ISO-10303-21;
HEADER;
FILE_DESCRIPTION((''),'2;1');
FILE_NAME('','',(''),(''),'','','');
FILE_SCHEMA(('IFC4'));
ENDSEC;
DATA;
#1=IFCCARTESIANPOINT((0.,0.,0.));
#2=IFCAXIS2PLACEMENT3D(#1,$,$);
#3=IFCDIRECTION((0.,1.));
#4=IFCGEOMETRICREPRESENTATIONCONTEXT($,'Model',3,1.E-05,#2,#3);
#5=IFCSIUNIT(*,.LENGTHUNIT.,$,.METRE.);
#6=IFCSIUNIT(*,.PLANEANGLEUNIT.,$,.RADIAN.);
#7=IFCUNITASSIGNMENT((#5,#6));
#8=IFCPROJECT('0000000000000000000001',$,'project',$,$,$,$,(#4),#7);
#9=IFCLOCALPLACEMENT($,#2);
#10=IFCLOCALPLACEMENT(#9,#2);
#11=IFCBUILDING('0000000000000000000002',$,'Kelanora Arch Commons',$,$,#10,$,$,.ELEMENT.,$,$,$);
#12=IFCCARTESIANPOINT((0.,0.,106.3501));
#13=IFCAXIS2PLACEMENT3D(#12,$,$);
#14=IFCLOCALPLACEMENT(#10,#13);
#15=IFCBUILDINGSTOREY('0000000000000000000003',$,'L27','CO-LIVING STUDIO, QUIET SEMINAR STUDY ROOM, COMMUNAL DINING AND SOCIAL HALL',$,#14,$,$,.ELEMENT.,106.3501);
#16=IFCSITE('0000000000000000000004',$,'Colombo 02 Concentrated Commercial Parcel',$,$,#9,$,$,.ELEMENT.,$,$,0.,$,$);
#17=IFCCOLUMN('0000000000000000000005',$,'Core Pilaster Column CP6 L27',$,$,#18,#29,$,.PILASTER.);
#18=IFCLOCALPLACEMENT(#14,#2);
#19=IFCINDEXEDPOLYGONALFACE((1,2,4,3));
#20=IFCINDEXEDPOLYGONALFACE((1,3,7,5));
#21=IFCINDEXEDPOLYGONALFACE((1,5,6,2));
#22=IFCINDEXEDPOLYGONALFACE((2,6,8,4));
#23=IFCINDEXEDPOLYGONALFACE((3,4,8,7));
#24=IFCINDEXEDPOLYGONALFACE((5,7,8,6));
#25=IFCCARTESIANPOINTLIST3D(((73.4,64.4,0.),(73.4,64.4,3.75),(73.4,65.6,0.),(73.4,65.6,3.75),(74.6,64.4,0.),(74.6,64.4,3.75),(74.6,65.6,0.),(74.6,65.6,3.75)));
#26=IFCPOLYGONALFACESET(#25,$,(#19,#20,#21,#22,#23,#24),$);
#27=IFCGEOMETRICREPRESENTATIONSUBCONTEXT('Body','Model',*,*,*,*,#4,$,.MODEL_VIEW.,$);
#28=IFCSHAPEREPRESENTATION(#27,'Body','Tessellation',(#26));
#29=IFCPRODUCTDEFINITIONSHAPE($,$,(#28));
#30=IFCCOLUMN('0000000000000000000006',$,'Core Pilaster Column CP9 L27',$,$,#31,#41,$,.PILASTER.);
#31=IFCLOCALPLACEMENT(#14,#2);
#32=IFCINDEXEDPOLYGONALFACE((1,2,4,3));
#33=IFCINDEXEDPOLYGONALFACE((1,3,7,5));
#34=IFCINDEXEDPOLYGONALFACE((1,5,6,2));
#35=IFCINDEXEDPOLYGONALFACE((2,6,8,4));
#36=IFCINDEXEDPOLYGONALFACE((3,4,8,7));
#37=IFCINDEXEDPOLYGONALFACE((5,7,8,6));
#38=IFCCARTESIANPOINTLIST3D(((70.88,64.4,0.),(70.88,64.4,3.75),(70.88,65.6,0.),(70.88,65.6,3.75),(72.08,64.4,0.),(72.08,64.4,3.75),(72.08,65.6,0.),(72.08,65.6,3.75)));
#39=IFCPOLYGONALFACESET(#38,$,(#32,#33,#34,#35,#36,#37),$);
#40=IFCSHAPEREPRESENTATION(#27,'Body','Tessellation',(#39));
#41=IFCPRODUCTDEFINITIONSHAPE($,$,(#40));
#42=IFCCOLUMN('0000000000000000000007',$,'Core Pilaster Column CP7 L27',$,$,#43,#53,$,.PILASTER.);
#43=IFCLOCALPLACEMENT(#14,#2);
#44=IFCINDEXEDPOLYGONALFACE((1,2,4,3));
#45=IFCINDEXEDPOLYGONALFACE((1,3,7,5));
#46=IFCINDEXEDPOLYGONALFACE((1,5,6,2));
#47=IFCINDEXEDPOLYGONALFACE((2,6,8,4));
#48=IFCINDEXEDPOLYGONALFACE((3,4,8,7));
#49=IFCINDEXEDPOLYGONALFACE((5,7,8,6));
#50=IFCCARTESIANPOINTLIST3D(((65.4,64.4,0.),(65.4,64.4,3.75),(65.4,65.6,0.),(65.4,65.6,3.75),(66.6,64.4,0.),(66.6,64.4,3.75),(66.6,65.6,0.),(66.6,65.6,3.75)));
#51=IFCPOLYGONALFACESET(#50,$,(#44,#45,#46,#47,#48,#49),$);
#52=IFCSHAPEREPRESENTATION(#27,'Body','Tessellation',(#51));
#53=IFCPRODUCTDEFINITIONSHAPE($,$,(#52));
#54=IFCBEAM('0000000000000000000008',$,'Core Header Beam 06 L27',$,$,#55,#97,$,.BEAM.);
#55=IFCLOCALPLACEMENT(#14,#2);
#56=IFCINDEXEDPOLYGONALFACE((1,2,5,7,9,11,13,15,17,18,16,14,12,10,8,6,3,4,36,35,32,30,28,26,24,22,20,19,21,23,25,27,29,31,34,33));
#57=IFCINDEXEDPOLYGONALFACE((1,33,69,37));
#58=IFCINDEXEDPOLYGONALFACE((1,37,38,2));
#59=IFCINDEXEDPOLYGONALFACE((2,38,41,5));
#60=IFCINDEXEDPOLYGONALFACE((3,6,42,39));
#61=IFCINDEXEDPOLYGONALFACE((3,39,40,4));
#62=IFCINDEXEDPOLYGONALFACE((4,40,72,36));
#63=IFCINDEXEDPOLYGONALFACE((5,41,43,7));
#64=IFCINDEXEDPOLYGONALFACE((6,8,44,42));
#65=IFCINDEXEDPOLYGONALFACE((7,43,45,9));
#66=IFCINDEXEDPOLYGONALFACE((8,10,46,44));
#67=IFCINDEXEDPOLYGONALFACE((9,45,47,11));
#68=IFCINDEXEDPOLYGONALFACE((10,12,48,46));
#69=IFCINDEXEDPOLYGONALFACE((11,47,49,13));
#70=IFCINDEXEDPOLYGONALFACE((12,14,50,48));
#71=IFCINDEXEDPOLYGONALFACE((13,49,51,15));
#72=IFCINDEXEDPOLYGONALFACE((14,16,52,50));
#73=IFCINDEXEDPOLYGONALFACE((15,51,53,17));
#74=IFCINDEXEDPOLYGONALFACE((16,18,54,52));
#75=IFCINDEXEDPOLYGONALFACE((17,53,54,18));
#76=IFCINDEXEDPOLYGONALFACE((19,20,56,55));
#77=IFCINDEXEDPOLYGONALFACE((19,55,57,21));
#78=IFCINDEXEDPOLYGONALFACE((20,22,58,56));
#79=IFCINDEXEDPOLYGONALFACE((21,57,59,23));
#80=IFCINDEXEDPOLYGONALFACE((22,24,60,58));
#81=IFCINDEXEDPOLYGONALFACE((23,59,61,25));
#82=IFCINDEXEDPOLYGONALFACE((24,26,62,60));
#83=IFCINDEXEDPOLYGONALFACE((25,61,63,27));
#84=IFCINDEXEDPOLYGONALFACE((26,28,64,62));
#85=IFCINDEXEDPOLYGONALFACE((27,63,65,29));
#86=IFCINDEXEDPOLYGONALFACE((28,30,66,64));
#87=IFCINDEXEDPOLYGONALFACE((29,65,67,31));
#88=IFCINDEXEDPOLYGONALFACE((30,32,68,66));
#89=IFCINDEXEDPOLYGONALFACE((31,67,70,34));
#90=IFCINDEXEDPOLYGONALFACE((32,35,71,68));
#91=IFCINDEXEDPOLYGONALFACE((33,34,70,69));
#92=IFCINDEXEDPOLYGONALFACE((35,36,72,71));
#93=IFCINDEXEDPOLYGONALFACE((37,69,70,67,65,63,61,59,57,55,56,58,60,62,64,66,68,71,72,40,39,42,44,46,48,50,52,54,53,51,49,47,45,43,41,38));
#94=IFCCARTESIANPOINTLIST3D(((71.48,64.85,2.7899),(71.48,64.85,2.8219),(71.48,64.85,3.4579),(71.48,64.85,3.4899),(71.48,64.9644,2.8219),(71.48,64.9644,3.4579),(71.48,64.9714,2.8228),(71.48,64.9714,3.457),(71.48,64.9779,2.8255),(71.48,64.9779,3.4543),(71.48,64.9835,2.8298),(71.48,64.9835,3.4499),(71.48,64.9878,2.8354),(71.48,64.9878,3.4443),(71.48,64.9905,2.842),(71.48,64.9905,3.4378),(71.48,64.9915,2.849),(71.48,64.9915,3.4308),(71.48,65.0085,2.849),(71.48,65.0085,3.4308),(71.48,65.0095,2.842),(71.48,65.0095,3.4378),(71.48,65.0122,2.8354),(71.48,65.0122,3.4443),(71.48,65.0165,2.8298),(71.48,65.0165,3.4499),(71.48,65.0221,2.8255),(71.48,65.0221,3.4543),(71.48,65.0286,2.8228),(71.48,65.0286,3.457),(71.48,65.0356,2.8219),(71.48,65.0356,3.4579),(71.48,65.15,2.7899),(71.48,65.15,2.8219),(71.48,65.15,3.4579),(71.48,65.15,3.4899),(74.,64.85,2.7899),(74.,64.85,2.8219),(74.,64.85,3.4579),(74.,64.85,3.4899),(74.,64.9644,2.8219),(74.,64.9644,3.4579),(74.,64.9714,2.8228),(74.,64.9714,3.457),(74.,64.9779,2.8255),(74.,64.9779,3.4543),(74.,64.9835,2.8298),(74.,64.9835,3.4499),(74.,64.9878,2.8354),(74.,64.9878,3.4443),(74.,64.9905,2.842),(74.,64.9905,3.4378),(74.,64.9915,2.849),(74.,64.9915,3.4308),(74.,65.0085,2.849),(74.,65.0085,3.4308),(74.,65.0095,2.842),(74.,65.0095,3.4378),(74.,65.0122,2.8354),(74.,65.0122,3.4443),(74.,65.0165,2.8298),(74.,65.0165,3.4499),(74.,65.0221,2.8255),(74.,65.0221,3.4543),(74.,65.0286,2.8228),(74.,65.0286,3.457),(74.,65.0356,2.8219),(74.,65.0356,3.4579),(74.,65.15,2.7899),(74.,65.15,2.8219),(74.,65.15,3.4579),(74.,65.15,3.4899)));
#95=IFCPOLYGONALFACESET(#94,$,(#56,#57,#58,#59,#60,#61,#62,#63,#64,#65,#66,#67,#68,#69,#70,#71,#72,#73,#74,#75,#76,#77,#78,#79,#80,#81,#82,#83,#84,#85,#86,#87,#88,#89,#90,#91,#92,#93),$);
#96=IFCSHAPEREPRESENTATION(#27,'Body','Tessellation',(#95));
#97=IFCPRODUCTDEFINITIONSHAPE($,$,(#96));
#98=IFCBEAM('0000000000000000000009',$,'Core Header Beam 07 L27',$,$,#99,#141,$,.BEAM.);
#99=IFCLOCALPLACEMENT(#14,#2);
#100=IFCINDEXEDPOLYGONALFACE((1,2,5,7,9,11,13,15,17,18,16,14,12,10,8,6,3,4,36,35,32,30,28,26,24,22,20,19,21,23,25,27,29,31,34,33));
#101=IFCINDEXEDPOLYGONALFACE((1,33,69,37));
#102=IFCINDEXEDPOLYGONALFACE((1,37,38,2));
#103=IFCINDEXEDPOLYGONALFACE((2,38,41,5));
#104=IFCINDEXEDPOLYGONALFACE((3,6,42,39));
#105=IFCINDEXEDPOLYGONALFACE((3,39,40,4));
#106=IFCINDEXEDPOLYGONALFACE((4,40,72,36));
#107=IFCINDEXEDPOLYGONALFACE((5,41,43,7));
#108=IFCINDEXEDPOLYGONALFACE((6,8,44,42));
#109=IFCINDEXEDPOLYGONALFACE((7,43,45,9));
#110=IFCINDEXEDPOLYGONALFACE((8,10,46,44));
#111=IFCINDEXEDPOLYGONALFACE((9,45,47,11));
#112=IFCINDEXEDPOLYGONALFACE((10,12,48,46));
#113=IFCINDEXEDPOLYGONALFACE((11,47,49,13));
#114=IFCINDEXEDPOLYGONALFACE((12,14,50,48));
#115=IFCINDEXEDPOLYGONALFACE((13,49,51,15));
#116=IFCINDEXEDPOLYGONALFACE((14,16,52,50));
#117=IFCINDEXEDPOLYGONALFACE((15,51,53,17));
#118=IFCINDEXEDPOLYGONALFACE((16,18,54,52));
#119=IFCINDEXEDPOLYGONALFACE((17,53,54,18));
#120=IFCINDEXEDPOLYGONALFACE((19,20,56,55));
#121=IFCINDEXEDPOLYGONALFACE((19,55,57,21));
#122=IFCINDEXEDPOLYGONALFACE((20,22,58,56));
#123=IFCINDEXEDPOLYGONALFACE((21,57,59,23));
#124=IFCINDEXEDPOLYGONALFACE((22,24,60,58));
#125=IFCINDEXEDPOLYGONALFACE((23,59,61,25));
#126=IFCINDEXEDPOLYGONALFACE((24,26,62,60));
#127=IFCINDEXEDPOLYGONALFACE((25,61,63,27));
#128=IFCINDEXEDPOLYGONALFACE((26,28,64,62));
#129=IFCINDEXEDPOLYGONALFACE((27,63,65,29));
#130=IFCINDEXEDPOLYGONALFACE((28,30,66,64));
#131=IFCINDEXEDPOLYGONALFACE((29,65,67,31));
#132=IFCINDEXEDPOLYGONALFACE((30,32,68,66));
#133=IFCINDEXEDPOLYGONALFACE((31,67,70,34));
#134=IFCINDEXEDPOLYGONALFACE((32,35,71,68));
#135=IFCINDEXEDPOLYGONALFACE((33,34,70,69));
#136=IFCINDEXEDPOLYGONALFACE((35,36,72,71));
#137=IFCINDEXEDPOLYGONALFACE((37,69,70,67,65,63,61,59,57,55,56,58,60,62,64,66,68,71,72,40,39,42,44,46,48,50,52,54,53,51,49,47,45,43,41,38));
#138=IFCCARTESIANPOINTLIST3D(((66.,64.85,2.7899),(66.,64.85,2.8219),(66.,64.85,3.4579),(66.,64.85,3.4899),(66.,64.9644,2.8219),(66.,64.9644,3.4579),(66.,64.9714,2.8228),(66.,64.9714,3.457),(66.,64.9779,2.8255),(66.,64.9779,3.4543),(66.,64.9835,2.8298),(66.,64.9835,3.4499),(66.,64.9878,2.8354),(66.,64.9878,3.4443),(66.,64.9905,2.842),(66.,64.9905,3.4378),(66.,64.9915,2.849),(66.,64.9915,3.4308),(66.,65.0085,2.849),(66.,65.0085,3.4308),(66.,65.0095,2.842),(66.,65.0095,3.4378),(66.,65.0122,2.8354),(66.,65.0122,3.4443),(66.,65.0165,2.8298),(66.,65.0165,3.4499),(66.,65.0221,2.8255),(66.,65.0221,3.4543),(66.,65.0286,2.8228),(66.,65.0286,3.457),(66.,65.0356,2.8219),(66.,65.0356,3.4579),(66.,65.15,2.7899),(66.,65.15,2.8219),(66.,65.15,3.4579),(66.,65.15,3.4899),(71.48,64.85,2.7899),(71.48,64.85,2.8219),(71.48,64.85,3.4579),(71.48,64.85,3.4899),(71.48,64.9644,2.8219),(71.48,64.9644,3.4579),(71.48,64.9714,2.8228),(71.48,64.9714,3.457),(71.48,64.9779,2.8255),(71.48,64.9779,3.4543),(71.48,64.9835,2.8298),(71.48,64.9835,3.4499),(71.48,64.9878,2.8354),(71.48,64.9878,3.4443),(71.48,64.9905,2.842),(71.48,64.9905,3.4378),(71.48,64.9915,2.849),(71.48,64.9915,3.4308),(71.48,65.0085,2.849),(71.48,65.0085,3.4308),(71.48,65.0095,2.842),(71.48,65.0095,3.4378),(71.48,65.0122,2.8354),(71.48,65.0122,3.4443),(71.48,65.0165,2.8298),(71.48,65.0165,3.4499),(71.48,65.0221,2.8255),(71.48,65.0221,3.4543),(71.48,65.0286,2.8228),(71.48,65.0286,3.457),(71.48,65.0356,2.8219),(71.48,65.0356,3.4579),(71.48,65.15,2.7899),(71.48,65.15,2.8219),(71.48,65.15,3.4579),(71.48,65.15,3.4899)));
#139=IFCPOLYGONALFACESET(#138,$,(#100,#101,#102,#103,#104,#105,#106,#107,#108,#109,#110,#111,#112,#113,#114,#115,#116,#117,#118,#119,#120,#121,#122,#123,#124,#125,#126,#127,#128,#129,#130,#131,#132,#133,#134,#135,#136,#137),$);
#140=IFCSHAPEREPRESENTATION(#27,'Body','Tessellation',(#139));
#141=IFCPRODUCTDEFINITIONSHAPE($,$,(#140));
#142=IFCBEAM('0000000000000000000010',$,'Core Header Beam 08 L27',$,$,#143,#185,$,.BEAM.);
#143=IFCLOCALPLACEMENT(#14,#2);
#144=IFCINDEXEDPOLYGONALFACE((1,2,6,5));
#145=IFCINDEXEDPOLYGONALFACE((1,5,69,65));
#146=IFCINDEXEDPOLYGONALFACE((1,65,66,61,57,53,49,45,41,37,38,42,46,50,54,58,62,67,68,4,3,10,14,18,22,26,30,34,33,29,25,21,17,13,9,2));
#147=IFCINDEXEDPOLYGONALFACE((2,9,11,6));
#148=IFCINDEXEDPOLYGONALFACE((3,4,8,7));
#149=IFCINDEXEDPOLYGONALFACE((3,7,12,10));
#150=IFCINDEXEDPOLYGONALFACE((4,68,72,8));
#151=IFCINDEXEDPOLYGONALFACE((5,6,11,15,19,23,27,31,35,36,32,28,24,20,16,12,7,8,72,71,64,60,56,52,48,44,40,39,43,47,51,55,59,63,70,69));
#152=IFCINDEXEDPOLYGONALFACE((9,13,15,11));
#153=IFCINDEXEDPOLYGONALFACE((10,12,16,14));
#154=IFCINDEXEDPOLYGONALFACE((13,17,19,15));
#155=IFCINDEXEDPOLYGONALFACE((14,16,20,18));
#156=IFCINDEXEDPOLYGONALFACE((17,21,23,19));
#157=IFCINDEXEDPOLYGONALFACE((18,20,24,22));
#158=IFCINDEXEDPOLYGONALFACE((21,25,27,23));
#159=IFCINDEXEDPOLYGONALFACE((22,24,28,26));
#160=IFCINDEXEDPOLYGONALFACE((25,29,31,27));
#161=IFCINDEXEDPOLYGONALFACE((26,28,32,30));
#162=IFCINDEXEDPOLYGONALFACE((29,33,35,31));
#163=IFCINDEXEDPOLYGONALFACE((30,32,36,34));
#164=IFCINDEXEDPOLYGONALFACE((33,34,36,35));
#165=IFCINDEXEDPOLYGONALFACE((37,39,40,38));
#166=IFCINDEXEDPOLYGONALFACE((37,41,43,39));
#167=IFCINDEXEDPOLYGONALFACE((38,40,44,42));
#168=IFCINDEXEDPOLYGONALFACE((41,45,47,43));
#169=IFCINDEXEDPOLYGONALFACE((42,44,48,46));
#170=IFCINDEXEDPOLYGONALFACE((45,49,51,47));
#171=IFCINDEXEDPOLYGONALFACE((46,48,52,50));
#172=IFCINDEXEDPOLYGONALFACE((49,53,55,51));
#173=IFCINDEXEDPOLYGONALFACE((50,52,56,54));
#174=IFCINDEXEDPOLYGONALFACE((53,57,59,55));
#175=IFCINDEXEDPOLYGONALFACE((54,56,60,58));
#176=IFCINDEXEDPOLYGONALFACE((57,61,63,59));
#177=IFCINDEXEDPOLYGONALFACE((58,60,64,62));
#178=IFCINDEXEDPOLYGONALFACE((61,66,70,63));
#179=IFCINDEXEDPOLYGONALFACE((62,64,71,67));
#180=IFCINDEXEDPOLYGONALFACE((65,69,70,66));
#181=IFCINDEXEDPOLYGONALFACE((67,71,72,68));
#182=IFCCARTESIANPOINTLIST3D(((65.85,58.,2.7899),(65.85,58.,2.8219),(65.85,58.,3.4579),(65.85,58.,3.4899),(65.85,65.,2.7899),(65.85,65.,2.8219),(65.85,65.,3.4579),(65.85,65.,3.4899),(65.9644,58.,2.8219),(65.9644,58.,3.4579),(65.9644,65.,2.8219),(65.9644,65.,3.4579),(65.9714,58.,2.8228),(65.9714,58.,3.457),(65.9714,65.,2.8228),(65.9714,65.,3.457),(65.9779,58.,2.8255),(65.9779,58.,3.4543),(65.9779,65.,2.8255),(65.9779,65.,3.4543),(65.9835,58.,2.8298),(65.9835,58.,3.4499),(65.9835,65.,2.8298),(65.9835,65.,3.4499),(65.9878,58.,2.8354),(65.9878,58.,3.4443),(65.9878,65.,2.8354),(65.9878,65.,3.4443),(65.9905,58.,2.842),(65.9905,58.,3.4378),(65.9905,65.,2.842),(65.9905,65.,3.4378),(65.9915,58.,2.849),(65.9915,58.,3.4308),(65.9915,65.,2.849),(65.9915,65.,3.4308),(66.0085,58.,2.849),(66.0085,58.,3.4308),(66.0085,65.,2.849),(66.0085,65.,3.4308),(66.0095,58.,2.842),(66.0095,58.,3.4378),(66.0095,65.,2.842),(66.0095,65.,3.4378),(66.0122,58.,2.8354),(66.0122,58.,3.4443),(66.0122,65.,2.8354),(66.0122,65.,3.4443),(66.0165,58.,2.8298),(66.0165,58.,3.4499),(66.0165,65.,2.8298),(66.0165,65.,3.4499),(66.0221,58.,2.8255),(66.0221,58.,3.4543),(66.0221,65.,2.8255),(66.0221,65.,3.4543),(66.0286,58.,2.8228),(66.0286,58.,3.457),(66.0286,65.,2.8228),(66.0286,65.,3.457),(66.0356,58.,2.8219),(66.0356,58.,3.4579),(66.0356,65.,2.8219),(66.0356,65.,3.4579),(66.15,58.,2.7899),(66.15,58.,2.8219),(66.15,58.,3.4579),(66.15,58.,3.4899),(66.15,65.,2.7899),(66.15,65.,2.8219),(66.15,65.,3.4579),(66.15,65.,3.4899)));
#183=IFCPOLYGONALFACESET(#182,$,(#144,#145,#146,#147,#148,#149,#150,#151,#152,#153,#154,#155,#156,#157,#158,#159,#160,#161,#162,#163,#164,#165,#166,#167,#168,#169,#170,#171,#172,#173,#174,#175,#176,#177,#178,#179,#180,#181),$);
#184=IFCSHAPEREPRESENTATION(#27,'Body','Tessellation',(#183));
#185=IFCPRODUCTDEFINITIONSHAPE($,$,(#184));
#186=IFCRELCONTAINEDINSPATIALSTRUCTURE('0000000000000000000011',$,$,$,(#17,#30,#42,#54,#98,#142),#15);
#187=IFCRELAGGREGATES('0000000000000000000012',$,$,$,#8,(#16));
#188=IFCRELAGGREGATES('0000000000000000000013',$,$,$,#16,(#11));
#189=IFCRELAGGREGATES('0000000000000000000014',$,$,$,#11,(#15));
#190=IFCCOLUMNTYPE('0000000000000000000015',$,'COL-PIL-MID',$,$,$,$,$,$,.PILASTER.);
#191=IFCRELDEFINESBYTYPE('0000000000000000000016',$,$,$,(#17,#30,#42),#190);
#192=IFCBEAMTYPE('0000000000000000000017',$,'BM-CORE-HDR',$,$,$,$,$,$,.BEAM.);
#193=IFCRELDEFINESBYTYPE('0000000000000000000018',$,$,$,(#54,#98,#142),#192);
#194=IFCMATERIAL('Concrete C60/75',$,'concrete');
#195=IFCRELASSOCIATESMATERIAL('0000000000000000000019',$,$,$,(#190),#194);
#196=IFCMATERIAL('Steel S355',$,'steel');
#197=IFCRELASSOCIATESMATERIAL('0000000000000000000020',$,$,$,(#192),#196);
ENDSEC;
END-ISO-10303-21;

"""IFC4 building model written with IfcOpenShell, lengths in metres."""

from ifc_helpers import new_model, si_unit, direction, frame, origin, origin_2d, place, context, subcontext, project, spatial, rectangle, i_section, extrude, material, material_profile, profile_set, type_object, element, save


model = new_model("IFC4")

# Units and contexts
model_context = context("Model", 3, precision=1e-05, world=origin(), true_north=direction((0.0, 1.0)))
body_context = subcontext(model_context, "Body", "Model", "MODEL_VIEW")
ifc_project = project(units=[si_unit("LENGTHUNIT", "METRE"), si_unit("PLANEANGLEUNIT", "RADIAN")], contexts=[model_context])

# Site, building, storey
site_placement = place(None, origin())
site = spatial("IfcSite", under=ifc_project, at=site_placement, Name="Colombo 02 Concentrated Commercial Parcel", CompositionType="ELEMENT", RefElevation=0.0)
building_placement = place(site_placement, origin())
building = spatial("IfcBuilding", under=site, at=building_placement, Name="Kelanora Arch Commons", CompositionType="ELEMENT")
storey_placement = place(building_placement, frame((0.0, 0.0, 106.3501)))
storey = spatial("IfcBuildingStorey", under=building, at=storey_placement, Name="L27", Description="CO-LIVING STUDIO, QUIET SEMINAR STUDY ROOM, COMMUNAL DINING AND SOCIAL HALL", CompositionType="ELEMENT", Elevation=106.3501)

# Columns
ifc_material_1 = material(Name="Concrete C60/75", Category="concrete")
ifc_material_profile_1 = material_profile(ifc_material_1, rectangle(XDim=1.2, YDim=1.2, at=origin_2d()), Name="RC1200x1200")
ifc_profile_set_1 = profile_set([ifc_material_profile_1], Name="Concrete C60/75")
column_type = type_object("IfcColumnType", Name="COL-PIL-MID", PredefinedType="PILASTER", material=ifc_profile_set_1)
for number, where, z_axis, x_axis, name in (
    (1, (74.0, 65.0, 0.0), (0.0, 0.0, 1.0), (1.0, 0.0, 0.0), "Core Pilaster Column CP6 L27"),
    (2, (71.48, 65.0, 0.0), (0.0, 0.0, 1.0), (1.0, 0.0, 0.0), "Core Pilaster Column CP9 L27"),
    (3, (66.0, 65.0, 0.0), (0.0, 0.0, 1.0), (1.0, 0.0, 0.0), "Core Pilaster Column CP7 L27"),
):
    element("IfcColumn", number, at=place(storey_placement, frame(where, z_axis=z_axis, x_axis=x_axis)), inside=storey, type_object=column_type, Name=name, PredefinedType="PILASTER", context=body_context, shape_type="SweptSolid", body=[
        extrude(rectangle(XDim=1.2, YDim=1.2, at=origin_2d()), origin(), (0.0, 0.0, 1.0), 3.75),
    ])

# Beams
ifc_material_2 = material(Name="Steel S355", Category="steel")
ifc_material_profile_2 = material_profile(ifc_material_2, i_section(OverallWidth=0.3, OverallDepth=0.7, WebThickness=0.0171, FlangeThickness=0.032, FilletRadius=0.0271, at=origin_2d()), Name="HEB700")
ifc_profile_set_2 = profile_set([ifc_material_profile_2], Name="Steel S355")
beam_type_1 = type_object("IfcBeamType", Name="BM-CORE-HDR", PredefinedType="BEAM", material=ifc_profile_set_2)
beam_1_placement = place(storey_placement, frame((74.0, 65.0, 3.1399), z_axis=(-1.0, 0.0, 0.0), x_axis=(0.0, -1.0, 0.0)))
element("IfcBeam", 4, at=beam_1_placement, inside=storey, type_object=beam_type_1, Name="Core Header Beam 06 L27", PredefinedType="BEAM", context=body_context, shape_type="SweptSolid", body=[
    extrude(i_section(OverallWidth=0.3, OverallDepth=0.7, WebThickness=0.0171, FlangeThickness=0.032, FilletRadius=0.0271, at=origin_2d()), origin(), (0.0, 0.0, 1.0), 2.52),
])
beam_2_placement = place(storey_placement, frame((71.48, 65.0, 3.1399), z_axis=(-1.0, 0.0, 0.0), x_axis=(0.0, -1.0, 0.0)))
element("IfcBeam", 5, at=beam_2_placement, inside=storey, type_object=beam_type_1, Name="Core Header Beam 07 L27", PredefinedType="BEAM", context=body_context, shape_type="SweptSolid", body=[
    extrude(i_section(OverallWidth=0.3, OverallDepth=0.7, WebThickness=0.0171, FlangeThickness=0.032, FilletRadius=0.0271, at=origin_2d()), origin(), (0.0, 0.0, 1.0), 5.48),
])
beam_3_placement = place(storey_placement, frame((66.0, 65.0, 3.1399), z_axis=(0.0, -1.0, 0.0), x_axis=(1.0, 0.0, 0.0)))
element("IfcBeam", 6, at=beam_3_placement, inside=storey, type_object=beam_type_1, Name="Core Header Beam 08 L27", PredefinedType="BEAM", context=body_context, shape_type="SweptSolid", body=[
    extrude(i_section(OverallWidth=0.3, OverallDepth=0.7, WebThickness=0.0171, FlangeThickness=0.032, FilletRadius=0.0271, at=origin_2d()), origin(), (0.0, 0.0, 1.0), 7.0),
])

save(model, "model.ifc")
